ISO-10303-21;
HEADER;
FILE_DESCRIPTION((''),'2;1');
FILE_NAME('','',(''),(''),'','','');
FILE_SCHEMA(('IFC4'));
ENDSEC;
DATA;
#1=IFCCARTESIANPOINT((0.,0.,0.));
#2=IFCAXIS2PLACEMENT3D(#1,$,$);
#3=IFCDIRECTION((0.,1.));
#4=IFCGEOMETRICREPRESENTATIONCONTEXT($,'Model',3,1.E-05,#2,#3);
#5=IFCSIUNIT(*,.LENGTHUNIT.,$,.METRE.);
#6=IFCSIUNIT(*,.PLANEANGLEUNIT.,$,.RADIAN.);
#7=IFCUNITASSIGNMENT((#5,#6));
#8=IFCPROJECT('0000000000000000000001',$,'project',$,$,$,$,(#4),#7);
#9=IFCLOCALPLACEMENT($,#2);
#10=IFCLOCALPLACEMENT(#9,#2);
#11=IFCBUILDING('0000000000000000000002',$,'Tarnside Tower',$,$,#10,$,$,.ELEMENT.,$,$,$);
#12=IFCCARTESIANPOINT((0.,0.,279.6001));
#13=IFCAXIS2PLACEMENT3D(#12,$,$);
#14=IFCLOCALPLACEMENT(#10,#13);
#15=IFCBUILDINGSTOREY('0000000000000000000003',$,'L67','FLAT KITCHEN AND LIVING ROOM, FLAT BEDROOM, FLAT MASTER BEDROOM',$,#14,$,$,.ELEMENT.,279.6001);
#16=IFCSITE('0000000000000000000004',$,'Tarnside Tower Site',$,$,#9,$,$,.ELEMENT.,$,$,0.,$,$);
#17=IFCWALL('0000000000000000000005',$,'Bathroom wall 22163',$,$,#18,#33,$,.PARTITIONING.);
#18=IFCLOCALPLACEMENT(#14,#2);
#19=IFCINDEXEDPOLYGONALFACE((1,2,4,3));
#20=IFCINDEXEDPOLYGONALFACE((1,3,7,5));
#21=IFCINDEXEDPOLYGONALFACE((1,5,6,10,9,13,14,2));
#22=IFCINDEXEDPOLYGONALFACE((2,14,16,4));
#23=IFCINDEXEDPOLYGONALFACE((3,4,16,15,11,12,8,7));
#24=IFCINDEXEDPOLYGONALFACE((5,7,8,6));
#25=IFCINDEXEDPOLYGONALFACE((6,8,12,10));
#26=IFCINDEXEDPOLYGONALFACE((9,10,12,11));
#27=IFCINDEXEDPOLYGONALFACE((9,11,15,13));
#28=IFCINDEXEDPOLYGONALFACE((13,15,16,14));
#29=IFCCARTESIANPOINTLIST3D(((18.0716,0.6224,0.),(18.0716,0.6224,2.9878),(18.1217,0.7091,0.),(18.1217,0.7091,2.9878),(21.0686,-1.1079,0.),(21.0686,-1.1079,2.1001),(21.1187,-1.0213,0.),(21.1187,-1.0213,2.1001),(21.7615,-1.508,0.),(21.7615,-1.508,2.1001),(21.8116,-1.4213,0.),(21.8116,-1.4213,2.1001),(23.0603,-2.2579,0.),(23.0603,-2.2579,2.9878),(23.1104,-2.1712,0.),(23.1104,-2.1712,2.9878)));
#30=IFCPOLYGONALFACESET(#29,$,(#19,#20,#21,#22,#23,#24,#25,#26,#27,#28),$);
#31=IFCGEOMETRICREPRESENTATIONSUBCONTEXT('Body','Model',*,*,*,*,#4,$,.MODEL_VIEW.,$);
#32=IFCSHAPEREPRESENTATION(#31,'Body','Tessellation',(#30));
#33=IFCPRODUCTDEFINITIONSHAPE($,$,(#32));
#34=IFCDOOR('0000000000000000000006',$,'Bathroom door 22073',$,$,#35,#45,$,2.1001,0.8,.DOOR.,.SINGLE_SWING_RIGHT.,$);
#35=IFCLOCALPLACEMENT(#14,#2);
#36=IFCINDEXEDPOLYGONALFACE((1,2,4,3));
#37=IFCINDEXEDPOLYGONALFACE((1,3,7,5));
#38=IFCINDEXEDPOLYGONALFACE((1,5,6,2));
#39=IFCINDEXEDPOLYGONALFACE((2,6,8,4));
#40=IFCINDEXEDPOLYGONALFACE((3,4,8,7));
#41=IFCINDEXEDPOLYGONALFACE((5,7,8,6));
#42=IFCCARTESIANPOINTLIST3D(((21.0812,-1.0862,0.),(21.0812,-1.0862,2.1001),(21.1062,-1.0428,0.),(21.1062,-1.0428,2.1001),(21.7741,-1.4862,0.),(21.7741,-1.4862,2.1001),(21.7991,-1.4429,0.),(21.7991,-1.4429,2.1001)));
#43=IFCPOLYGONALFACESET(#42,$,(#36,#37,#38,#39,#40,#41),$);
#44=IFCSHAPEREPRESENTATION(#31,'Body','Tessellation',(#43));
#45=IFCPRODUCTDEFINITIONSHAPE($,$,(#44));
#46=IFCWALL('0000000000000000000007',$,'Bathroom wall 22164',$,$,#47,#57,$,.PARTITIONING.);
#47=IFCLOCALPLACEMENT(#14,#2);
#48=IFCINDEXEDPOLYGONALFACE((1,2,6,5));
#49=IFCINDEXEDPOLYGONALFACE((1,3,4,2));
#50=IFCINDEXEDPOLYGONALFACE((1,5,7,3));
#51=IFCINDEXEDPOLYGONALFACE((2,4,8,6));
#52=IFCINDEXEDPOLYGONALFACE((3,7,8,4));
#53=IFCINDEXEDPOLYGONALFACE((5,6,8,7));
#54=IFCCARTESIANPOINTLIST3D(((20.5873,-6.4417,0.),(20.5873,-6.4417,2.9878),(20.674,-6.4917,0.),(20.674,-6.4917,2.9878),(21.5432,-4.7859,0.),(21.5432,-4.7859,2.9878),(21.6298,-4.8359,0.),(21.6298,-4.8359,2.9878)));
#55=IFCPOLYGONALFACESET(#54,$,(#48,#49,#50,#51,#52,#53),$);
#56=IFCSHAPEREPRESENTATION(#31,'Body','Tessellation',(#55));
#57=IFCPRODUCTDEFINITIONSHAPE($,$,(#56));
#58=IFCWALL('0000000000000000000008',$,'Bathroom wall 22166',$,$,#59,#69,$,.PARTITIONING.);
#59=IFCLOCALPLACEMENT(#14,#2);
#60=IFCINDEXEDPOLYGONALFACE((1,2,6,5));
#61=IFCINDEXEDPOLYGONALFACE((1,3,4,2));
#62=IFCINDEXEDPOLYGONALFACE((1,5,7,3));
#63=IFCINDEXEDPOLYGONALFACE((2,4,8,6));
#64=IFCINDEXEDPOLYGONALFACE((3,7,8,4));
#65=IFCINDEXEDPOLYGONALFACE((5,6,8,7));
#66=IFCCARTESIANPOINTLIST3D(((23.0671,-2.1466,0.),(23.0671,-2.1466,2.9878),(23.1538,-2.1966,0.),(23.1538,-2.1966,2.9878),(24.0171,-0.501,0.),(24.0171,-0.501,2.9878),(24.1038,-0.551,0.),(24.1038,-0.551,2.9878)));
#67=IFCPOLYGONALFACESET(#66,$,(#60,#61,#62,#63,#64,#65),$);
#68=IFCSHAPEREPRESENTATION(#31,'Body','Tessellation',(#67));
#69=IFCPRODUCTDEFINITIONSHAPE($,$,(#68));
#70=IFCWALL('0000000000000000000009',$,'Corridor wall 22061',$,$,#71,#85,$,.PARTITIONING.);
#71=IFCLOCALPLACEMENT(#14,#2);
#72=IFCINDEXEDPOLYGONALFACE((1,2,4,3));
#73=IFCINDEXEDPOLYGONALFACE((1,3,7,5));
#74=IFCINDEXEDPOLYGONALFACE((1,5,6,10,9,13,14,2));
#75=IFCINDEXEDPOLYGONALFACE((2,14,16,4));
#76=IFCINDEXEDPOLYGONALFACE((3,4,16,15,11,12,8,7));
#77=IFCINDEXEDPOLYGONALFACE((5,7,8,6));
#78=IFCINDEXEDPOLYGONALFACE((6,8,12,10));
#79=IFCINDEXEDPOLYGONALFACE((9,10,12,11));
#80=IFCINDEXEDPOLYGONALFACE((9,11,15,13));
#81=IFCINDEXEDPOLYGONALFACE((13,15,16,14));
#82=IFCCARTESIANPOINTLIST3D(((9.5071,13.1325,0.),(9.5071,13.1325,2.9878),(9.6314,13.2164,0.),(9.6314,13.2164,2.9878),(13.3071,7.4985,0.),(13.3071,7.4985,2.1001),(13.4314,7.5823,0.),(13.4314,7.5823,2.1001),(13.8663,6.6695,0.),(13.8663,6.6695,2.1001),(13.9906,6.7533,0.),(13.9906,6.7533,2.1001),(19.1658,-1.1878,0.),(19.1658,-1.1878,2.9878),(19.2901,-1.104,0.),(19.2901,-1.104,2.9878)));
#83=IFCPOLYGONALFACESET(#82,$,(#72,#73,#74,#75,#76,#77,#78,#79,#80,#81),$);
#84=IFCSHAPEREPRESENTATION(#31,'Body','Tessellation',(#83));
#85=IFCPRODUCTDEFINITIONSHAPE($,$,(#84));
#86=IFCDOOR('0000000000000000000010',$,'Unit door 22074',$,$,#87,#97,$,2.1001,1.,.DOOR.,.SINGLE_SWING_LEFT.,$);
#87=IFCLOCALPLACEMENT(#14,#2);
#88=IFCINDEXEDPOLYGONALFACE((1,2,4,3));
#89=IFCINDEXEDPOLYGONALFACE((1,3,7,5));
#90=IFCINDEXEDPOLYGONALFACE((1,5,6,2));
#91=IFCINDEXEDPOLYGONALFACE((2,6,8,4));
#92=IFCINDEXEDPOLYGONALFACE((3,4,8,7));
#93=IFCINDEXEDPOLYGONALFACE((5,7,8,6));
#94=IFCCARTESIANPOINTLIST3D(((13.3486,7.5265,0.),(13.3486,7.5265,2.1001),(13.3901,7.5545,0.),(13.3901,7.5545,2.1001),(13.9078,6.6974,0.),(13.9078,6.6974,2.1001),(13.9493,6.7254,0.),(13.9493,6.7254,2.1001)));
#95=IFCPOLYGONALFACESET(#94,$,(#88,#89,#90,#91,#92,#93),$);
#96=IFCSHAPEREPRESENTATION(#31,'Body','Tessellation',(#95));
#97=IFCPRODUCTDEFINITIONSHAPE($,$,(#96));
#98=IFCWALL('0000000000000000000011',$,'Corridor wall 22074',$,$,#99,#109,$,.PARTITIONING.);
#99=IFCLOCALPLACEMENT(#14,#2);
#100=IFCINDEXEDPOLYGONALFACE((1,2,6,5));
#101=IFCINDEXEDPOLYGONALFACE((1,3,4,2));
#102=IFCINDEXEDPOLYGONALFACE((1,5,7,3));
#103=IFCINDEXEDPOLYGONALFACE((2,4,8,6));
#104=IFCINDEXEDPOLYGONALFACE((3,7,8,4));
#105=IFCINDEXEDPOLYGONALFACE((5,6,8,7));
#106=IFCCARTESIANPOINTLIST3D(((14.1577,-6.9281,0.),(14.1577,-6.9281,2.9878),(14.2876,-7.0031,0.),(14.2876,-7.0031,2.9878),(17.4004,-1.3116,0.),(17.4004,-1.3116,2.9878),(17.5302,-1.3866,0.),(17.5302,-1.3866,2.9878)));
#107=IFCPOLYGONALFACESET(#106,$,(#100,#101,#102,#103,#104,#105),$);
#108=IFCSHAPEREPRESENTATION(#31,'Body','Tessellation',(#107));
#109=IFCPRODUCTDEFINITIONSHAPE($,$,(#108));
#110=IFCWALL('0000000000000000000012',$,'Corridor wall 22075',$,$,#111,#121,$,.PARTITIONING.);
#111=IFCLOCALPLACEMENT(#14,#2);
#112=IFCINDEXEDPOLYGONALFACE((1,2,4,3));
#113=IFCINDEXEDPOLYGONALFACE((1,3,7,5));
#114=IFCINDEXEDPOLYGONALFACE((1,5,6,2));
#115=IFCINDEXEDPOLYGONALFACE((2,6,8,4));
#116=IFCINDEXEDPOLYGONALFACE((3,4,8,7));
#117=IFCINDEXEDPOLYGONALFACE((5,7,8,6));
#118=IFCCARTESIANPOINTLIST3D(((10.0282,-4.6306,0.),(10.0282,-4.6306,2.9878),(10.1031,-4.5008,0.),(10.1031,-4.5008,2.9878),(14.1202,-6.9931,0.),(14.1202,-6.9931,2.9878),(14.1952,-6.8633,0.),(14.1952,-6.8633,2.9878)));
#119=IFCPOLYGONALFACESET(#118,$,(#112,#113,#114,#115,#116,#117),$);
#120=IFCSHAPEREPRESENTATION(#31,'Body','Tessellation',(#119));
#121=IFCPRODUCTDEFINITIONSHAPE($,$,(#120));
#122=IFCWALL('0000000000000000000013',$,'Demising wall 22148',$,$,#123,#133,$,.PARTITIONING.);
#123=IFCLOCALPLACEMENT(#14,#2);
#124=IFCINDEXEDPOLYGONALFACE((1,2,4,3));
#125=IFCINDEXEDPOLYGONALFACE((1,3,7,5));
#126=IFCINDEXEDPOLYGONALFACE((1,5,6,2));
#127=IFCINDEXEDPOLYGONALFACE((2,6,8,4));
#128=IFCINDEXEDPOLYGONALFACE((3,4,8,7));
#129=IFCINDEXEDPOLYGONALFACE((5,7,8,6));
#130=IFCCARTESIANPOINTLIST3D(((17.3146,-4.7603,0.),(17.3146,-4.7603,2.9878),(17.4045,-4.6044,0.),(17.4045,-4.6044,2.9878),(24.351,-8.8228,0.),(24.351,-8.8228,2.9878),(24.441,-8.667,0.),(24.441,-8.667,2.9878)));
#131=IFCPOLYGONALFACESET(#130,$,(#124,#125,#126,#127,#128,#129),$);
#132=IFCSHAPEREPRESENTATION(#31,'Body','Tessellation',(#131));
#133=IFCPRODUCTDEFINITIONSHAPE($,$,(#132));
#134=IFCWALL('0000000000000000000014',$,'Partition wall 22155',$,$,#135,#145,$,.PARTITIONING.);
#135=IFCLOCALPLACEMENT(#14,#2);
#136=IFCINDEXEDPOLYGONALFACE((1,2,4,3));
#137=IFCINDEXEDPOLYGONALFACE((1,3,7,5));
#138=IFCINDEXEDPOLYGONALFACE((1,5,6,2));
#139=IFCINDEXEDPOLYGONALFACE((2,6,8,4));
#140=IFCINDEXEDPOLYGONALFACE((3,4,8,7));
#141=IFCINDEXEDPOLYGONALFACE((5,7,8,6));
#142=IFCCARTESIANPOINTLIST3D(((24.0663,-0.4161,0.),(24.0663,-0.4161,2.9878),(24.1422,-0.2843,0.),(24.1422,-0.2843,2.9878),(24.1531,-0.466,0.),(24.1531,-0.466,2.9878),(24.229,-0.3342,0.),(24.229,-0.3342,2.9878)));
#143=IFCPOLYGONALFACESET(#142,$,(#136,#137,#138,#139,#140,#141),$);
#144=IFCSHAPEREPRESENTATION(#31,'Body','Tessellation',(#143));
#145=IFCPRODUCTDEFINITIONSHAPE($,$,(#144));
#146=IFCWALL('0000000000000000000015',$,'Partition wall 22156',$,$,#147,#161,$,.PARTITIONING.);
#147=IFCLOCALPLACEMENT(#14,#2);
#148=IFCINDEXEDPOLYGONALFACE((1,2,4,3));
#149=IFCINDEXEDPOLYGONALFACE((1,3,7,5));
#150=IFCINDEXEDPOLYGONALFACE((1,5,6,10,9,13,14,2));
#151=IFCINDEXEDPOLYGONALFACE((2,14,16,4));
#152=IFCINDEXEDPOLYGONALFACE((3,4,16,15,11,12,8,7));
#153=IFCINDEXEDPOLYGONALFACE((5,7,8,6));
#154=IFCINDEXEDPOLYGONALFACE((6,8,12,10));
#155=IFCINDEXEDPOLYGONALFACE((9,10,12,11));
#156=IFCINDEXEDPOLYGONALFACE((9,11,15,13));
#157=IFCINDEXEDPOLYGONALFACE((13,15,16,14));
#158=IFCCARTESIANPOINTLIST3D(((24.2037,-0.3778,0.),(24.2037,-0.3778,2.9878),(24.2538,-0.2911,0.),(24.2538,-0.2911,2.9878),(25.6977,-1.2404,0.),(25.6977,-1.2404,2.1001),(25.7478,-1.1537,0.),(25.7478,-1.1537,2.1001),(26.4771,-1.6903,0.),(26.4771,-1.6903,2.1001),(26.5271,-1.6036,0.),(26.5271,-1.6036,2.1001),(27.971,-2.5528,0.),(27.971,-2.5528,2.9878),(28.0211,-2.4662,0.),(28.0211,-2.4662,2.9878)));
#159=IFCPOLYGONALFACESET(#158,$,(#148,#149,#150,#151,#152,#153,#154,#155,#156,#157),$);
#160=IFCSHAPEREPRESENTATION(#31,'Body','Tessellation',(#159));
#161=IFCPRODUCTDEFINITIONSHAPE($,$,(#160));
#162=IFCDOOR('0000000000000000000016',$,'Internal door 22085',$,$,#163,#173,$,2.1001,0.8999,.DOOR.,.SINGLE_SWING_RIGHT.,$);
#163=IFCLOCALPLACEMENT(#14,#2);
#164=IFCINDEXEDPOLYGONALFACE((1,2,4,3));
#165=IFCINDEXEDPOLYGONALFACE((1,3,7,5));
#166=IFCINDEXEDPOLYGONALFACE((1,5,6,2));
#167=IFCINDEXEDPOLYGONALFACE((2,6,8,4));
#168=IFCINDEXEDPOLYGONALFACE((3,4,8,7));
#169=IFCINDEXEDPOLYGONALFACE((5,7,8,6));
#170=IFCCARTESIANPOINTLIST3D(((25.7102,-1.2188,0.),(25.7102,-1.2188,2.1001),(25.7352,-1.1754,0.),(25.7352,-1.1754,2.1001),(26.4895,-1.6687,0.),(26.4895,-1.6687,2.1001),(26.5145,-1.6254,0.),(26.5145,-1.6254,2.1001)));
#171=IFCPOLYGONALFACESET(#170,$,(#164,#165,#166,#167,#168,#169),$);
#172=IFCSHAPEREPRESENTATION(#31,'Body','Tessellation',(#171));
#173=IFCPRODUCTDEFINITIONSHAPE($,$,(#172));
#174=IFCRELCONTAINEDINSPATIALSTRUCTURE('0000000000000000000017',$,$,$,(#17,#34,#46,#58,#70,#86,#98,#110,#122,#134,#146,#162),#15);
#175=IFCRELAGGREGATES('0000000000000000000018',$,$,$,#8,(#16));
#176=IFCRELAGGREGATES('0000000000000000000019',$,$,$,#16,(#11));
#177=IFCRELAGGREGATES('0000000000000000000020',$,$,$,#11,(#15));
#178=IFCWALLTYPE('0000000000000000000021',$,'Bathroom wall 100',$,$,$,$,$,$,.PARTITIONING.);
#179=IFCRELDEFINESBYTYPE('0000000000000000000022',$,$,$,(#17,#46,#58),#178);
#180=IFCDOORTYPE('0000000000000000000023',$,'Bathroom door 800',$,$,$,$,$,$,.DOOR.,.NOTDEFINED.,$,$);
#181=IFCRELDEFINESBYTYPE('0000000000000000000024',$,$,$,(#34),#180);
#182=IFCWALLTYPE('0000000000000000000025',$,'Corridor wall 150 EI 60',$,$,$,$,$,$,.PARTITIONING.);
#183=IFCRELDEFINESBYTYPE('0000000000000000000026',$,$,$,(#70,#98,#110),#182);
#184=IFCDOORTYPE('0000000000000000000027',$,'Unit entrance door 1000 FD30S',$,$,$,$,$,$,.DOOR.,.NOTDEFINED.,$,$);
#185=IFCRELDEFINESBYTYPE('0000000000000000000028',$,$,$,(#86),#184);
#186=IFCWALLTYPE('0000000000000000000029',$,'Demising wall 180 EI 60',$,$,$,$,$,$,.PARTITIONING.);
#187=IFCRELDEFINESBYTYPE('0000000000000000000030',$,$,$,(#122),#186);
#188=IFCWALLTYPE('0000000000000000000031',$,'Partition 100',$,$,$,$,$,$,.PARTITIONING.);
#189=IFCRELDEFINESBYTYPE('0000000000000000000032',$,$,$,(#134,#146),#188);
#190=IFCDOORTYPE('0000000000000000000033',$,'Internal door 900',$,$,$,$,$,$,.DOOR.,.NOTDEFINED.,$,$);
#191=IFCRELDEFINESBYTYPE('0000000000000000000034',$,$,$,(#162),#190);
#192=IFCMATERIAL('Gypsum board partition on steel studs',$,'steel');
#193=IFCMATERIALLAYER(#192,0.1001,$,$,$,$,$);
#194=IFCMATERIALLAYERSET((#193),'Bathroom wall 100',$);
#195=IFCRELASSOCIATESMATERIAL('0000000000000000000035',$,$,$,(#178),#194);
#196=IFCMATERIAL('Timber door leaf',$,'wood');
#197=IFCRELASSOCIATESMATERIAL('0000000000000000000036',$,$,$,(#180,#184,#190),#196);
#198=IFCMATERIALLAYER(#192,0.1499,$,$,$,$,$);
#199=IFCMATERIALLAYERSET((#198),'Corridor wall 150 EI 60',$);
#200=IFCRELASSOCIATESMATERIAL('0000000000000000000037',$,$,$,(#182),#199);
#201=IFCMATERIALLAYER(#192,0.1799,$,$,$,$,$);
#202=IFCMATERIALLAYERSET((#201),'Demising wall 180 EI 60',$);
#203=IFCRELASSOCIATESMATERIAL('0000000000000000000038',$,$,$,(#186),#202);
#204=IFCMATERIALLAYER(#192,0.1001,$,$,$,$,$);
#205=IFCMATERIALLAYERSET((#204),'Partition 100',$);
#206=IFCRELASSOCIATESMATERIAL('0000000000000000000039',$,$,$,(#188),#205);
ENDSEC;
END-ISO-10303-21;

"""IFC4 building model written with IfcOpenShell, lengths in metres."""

from ifc_helpers import new_model, si_unit, direction, frame, frame_2d, origin, place, context, subcontext, project, spatial, rectangle, extrude, material, layer, layer_set, type_object, element, fill, save


model = new_model("IFC4")

# Units and contexts
model_context = context("Model", 3, precision=1e-05, world=origin(), true_north=direction((0.0, 1.0)))
body_context = subcontext(model_context, "Body", "Model", "MODEL_VIEW")
ifc_project = project(units=[si_unit("LENGTHUNIT", "METRE"), si_unit("PLANEANGLEUNIT", "RADIAN")], contexts=[model_context])

# Site, building, storey
site_placement = place(None, origin())
site = spatial("IfcSite", under=ifc_project, at=site_placement, Name="Tarnside Tower Site", CompositionType="ELEMENT", RefElevation=0.0)
building_placement = place(site_placement, origin())
building = spatial("IfcBuilding", under=site, at=building_placement, Name="Tarnside Tower", CompositionType="ELEMENT")
storey_placement = place(building_placement, frame((0.0, 0.0, 279.6001)))
storey = spatial("IfcBuildingStorey", under=building, at=storey_placement, Name="L67", Description="FLAT KITCHEN AND LIVING ROOM, FLAT BEDROOM, FLAT MASTER BEDROOM", CompositionType="ELEMENT", Elevation=279.6001)

# Wall, opening, door
ifc_material_1 = material(Name="Gypsum board partition on steel studs", Category="steel")
ifc_layer_1 = layer(ifc_material_1, 0.1001)
ifc_layer_set_1 = layer_set([ifc_layer_1], Name="Bathroom wall 100")
wall_type_1 = type_object("IfcWallType", Name="Bathroom wall 100", PredefinedType="PARTITIONING", material=ifc_layer_set_1)
ifc_material_2 = material(Name="Timber door leaf", Category="wood")
door_type_1 = type_object("IfcDoorType", Name="Bathroom door 800", OperationType="NOTDEFINED", PredefinedType="DOOR", material=ifc_material_2)
wall_1_placement = place(storey_placement, frame((23.0854, -2.2146, 0.0), z_axis=(0.0, 0.0, 1.0), x_axis=(-0.866018, 0.500013, 0.0)))
wall_1 = element("IfcWall", 1, at=wall_1_placement, inside=storey, type_object=wall_type_1, Name="Bathroom wall 22163", PredefinedType="PARTITIONING", context=body_context, shape_type="SweptSolid", body=[
    extrude(rectangle(XDim=5.7605, YDim=0.1001, at=frame_2d((2.8804, 0.0))), origin(), (0.0, 0.0, 1.0), 2.9878),
])
opening_1_placement = place(wall_1_placement, frame((1.5, 0.0, 0.0)))
opening_1 = element("IfcOpeningElement", 2, at=opening_1_placement, cuts=wall_1, PredefinedType="OPENING", context=body_context, shape_type="SweptSolid", body=[
    extrude(rectangle(XDim=0.8, YDim=2.1001, at=frame_2d((0.3999, 1.05))), frame((0.0, 0.0601, 0.0), z_axis=(0.0, -1.0, 0.0), x_axis=(1.0, 0.0, 0.0)), (0.0, 0.0, 1.0), 0.1201),
])
door_1_placement = place(opening_1_placement, origin())
door_1 = element("IfcDoor", 3, at=door_1_placement, inside=storey, type_object=door_type_1, Name="Bathroom door 22073", OperationType="SINGLE_SWING_RIGHT", OverallHeight=2.1001, OverallWidth=0.8, PredefinedType="DOOR", context=body_context, shape_type="SweptSolid", body=[
    extrude(rectangle(XDim=0.8, YDim=2.1001, at=frame_2d((0.3999, 1.05))), frame((0.0, 0.0249, 0.0), z_axis=(0.0, -1.0, 0.0), x_axis=(1.0, 0.0, 0.0)), (0.0, 0.0, 1.0), 0.05),
])
fill(opening_1, door_1)

# Walls
wall_2_placement = place(storey_placement, frame((20.6306, -6.4668, 0.0), z_axis=(0.0, 0.0, 1.0), x_axis=(0.499944, 0.866058, 0.0)))
element("IfcWall", 4, at=wall_2_placement, inside=storey, type_object=wall_type_1, Name="Bathroom wall 22164", PredefinedType="PARTITIONING", context=body_context, shape_type="SweptSolid", body=[
    extrude(rectangle(XDim=1.9119, YDim=0.1001, at=frame_2d((0.9561, 0.0))), origin(), (0.0, 0.0, 1.0), 2.9878),
])
wall_3_placement = place(storey_placement, frame((24.0605, -0.5259, 0.0), z_axis=(0.0, 0.0, 1.0), x_axis=(-0.499967, -0.866044, 0.0)))
element("IfcWall", 5, at=wall_3_placement, inside=storey, type_object=wall_type_1, Name="Bathroom wall 22166", PredefinedType="PARTITIONING", context=body_context, shape_type="SweptSolid", body=[
    extrude(rectangle(XDim=1.9001, YDim=0.1001, at=frame_2d((0.9502, 0.0))), origin(), (0.0, 0.0, 1.0), 2.9878),
])

# Wall, opening, door
ifc_layer_2 = layer(ifc_material_1, 0.1499)
ifc_layer_set_2 = layer_set([ifc_layer_2], Name="Corridor wall 150 EI 60")
wall_type_2 = type_object("IfcWallType", Name="Corridor wall 150 EI 60", PredefinedType="PARTITIONING", material=ifc_layer_set_2)
wall_4_placement = place(storey_placement, frame((19.228, -1.146, 0.0), z_axis=(0.0, 0.0, 1.0), x_axis=(-0.559174, 0.82905, 0.0)))
wall_4 = element("IfcWall", 6, at=wall_4_placement, inside=storey, type_object=wall_type_2, Name="Corridor wall 22061", PredefinedType="PARTITIONING", context=body_context, shape_type="SweptSolid", body=[
    extrude(rectangle(XDim=17.2732, YDim=0.1499, at=frame_2d((8.6367, 0.0))), origin(), (0.0, 0.0, 1.0), 2.9878),
])
opening_2_placement = place(wall_4_placement, frame((9.4775, 0.0, 0.0)))
opening_2 = element("IfcOpeningElement", 7, at=opening_2_placement, cuts=wall_4, PredefinedType="OPENING", context=body_context, shape_type="SweptSolid", body=[
    extrude(rectangle(XDim=1.0, YDim=2.1001, at=frame_2d((0.5, 1.05))), frame((0.0, 0.085, 0.0), z_axis=(0.0, -1.0, 0.0), x_axis=(1.0, 0.0, 0.0)), (0.0, 0.0, 1.0), 0.1699),
])
door_type_2 = type_object("IfcDoorType", Name="Unit entrance door 1000 FD30S", OperationType="NOTDEFINED", PredefinedType="DOOR", material=ifc_material_2)
door_2_placement = place(opening_2_placement, origin())
door_2 = element("IfcDoor", 8, at=door_2_placement, inside=storey, type_object=door_type_2, Name="Unit door 22074", OperationType="SINGLE_SWING_LEFT", OverallHeight=2.1001, OverallWidth=1.0, PredefinedType="DOOR", context=body_context, shape_type="SweptSolid", body=[
    extrude(rectangle(XDim=1.0, YDim=2.1001, at=frame_2d((0.5, 1.05))), frame((0.0, 0.0249, 0.0), z_axis=(0.0, -1.0, 0.0), x_axis=(1.0, 0.0, 0.0)), (0.0, 0.0, 1.0), 0.05),
])
fill(opening_2, door_2)

# Walls
wall_5_placement = place(storey_placement, frame((17.4653, -1.3491, 0.0), z_axis=(0.0, 0.0, 1.0), x_axis=(-0.500002, -0.866024, 0.0)))
element("IfcWall", 9, at=wall_5_placement, inside=storey, type_object=wall_type_2, Name="Corridor wall 22074", PredefinedType="PARTITIONING", context=body_context, shape_type="SweptSolid", body=[
    extrude(rectangle(XDim=6.4854, YDim=0.1499, at=frame_2d((3.2427, 0.0))), origin(), (0.0, 0.0, 1.0), 2.9878),
])
wall_6_placement = place(storey_placement, frame((14.1577, -6.9282, 0.0), z_axis=(0.0, 0.0, 1.0), x_axis=(-0.866025, 0.500001, 0.0)))
element("IfcWall", 10, at=wall_6_placement, inside=storey, type_object=wall_type_2, Name="Corridor wall 22075", PredefinedType="PARTITIONING", context=body_context, shape_type="SweptSolid", body=[
    extrude(rectangle(XDim=4.7251, YDim=0.1499, at=frame_2d((2.3625, 0.0))), origin(), (0.0, 0.0, 1.0), 2.9878),
])
ifc_layer_3 = layer(ifc_material_1, 0.1799)
ifc_layer_set_3 = layer_set([ifc_layer_3], Name="Demising wall 180 EI 60")
wall_type_3 = type_object("IfcWallType", Name="Demising wall 180 EI 60", PredefinedType="PARTITIONING", material=ifc_layer_set_3)
wall_7_placement = place(storey_placement, frame((24.396, -8.7449, 0.0), z_axis=(0.0, 0.0, 1.0), x_axis=(-0.866023, 0.500004, 0.0)))
element("IfcWall", 11, at=wall_7_placement, inside=storey, type_object=wall_type_3, Name="Demising wall 22148", PredefinedType="PARTITIONING", context=body_context, shape_type="SweptSolid", body=[
    extrude(rectangle(XDim=8.125, YDim=0.1799, at=frame_2d((4.0625, 0.0))), origin(), (0.0, 0.0, 1.0), 2.9878),
])
ifc_layer_4 = layer(ifc_material_1, 0.1001)
ifc_layer_set_4 = layer_set([ifc_layer_4], Name="Partition 100")
wall_type_4 = type_object("IfcWallType", Name="Partition 100", PredefinedType="PARTITIONING", material=ifc_layer_set_4)
wall_8_placement = place(storey_placement, frame((24.1096, -0.4412, 0.0), z_axis=(0.0, 0.0, 1.0), x_axis=(0.499074, 0.866559, 0.0)))
element("IfcWall", 12, at=wall_8_placement, inside=storey, type_object=wall_type_4, Name="Partition wall 22155", PredefinedType="PARTITIONING", context=body_context, shape_type="SweptSolid", body=[
    extrude(rectangle(XDim=0.1521, YDim=0.1001, at=frame_2d((0.0762, 0.0))), origin(), (0.0, 0.0, 1.0), 2.9878),
])

# Wall, opening, door
wall_9_placement = place(storey_placement, frame((24.2288, -0.3345, 0.0), z_axis=(0.0, 0.0, 1.0), x_axis=(0.866028, -0.499996, 0.0)))
wall_9 = element("IfcWall", 13, at=wall_9_placement, inside=storey, type_object=wall_type_4, Name="Partition wall 22156", PredefinedType="PARTITIONING", context=body_context, shape_type="SweptSolid", body=[
    extrude(rectangle(XDim=4.3501, YDim=0.1001, at=frame_2d((2.175, 0.0))), origin(), (0.0, 0.0, 1.0), 2.9878),
])
opening_3_placement = place(wall_9_placement, frame((1.7251, 0.0, 0.0)))
opening_3 = element("IfcOpeningElement", 14, at=opening_3_placement, cuts=wall_9, PredefinedType="OPENING", context=body_context, shape_type="SweptSolid", body=[
    extrude(rectangle(XDim=0.8999, YDim=2.1001, at=frame_2d((0.45, 1.05))), frame((0.0, 0.0601, 0.0), z_axis=(0.0, -1.0, 0.0), x_axis=(1.0, 0.0, 0.0)), (0.0, 0.0, 1.0), 0.1201),
])
door_type_3 = type_object("IfcDoorType", Name="Internal door 900", OperationType="NOTDEFINED", PredefinedType="DOOR", material=ifc_material_2)
door_3_placement = place(opening_3_placement, origin())
door_3 = element("IfcDoor", 15, at=door_3_placement, inside=storey, type_object=door_type_3, Name="Internal door 22085", OperationType="SINGLE_SWING_RIGHT", OverallHeight=2.1001, OverallWidth=0.8999, PredefinedType="DOOR", context=body_context, shape_type="SweptSolid", body=[
    extrude(rectangle(XDim=0.8999, YDim=2.1001, at=frame_2d((0.45, 1.05))), frame((0.0, 0.0249, 0.0), z_axis=(0.0, -1.0, 0.0), x_axis=(1.0, 0.0, 0.0)), (0.0, 0.0, 1.0), 0.05),
])
fill(opening_3, door_3)

save(model, "model.ifc")
